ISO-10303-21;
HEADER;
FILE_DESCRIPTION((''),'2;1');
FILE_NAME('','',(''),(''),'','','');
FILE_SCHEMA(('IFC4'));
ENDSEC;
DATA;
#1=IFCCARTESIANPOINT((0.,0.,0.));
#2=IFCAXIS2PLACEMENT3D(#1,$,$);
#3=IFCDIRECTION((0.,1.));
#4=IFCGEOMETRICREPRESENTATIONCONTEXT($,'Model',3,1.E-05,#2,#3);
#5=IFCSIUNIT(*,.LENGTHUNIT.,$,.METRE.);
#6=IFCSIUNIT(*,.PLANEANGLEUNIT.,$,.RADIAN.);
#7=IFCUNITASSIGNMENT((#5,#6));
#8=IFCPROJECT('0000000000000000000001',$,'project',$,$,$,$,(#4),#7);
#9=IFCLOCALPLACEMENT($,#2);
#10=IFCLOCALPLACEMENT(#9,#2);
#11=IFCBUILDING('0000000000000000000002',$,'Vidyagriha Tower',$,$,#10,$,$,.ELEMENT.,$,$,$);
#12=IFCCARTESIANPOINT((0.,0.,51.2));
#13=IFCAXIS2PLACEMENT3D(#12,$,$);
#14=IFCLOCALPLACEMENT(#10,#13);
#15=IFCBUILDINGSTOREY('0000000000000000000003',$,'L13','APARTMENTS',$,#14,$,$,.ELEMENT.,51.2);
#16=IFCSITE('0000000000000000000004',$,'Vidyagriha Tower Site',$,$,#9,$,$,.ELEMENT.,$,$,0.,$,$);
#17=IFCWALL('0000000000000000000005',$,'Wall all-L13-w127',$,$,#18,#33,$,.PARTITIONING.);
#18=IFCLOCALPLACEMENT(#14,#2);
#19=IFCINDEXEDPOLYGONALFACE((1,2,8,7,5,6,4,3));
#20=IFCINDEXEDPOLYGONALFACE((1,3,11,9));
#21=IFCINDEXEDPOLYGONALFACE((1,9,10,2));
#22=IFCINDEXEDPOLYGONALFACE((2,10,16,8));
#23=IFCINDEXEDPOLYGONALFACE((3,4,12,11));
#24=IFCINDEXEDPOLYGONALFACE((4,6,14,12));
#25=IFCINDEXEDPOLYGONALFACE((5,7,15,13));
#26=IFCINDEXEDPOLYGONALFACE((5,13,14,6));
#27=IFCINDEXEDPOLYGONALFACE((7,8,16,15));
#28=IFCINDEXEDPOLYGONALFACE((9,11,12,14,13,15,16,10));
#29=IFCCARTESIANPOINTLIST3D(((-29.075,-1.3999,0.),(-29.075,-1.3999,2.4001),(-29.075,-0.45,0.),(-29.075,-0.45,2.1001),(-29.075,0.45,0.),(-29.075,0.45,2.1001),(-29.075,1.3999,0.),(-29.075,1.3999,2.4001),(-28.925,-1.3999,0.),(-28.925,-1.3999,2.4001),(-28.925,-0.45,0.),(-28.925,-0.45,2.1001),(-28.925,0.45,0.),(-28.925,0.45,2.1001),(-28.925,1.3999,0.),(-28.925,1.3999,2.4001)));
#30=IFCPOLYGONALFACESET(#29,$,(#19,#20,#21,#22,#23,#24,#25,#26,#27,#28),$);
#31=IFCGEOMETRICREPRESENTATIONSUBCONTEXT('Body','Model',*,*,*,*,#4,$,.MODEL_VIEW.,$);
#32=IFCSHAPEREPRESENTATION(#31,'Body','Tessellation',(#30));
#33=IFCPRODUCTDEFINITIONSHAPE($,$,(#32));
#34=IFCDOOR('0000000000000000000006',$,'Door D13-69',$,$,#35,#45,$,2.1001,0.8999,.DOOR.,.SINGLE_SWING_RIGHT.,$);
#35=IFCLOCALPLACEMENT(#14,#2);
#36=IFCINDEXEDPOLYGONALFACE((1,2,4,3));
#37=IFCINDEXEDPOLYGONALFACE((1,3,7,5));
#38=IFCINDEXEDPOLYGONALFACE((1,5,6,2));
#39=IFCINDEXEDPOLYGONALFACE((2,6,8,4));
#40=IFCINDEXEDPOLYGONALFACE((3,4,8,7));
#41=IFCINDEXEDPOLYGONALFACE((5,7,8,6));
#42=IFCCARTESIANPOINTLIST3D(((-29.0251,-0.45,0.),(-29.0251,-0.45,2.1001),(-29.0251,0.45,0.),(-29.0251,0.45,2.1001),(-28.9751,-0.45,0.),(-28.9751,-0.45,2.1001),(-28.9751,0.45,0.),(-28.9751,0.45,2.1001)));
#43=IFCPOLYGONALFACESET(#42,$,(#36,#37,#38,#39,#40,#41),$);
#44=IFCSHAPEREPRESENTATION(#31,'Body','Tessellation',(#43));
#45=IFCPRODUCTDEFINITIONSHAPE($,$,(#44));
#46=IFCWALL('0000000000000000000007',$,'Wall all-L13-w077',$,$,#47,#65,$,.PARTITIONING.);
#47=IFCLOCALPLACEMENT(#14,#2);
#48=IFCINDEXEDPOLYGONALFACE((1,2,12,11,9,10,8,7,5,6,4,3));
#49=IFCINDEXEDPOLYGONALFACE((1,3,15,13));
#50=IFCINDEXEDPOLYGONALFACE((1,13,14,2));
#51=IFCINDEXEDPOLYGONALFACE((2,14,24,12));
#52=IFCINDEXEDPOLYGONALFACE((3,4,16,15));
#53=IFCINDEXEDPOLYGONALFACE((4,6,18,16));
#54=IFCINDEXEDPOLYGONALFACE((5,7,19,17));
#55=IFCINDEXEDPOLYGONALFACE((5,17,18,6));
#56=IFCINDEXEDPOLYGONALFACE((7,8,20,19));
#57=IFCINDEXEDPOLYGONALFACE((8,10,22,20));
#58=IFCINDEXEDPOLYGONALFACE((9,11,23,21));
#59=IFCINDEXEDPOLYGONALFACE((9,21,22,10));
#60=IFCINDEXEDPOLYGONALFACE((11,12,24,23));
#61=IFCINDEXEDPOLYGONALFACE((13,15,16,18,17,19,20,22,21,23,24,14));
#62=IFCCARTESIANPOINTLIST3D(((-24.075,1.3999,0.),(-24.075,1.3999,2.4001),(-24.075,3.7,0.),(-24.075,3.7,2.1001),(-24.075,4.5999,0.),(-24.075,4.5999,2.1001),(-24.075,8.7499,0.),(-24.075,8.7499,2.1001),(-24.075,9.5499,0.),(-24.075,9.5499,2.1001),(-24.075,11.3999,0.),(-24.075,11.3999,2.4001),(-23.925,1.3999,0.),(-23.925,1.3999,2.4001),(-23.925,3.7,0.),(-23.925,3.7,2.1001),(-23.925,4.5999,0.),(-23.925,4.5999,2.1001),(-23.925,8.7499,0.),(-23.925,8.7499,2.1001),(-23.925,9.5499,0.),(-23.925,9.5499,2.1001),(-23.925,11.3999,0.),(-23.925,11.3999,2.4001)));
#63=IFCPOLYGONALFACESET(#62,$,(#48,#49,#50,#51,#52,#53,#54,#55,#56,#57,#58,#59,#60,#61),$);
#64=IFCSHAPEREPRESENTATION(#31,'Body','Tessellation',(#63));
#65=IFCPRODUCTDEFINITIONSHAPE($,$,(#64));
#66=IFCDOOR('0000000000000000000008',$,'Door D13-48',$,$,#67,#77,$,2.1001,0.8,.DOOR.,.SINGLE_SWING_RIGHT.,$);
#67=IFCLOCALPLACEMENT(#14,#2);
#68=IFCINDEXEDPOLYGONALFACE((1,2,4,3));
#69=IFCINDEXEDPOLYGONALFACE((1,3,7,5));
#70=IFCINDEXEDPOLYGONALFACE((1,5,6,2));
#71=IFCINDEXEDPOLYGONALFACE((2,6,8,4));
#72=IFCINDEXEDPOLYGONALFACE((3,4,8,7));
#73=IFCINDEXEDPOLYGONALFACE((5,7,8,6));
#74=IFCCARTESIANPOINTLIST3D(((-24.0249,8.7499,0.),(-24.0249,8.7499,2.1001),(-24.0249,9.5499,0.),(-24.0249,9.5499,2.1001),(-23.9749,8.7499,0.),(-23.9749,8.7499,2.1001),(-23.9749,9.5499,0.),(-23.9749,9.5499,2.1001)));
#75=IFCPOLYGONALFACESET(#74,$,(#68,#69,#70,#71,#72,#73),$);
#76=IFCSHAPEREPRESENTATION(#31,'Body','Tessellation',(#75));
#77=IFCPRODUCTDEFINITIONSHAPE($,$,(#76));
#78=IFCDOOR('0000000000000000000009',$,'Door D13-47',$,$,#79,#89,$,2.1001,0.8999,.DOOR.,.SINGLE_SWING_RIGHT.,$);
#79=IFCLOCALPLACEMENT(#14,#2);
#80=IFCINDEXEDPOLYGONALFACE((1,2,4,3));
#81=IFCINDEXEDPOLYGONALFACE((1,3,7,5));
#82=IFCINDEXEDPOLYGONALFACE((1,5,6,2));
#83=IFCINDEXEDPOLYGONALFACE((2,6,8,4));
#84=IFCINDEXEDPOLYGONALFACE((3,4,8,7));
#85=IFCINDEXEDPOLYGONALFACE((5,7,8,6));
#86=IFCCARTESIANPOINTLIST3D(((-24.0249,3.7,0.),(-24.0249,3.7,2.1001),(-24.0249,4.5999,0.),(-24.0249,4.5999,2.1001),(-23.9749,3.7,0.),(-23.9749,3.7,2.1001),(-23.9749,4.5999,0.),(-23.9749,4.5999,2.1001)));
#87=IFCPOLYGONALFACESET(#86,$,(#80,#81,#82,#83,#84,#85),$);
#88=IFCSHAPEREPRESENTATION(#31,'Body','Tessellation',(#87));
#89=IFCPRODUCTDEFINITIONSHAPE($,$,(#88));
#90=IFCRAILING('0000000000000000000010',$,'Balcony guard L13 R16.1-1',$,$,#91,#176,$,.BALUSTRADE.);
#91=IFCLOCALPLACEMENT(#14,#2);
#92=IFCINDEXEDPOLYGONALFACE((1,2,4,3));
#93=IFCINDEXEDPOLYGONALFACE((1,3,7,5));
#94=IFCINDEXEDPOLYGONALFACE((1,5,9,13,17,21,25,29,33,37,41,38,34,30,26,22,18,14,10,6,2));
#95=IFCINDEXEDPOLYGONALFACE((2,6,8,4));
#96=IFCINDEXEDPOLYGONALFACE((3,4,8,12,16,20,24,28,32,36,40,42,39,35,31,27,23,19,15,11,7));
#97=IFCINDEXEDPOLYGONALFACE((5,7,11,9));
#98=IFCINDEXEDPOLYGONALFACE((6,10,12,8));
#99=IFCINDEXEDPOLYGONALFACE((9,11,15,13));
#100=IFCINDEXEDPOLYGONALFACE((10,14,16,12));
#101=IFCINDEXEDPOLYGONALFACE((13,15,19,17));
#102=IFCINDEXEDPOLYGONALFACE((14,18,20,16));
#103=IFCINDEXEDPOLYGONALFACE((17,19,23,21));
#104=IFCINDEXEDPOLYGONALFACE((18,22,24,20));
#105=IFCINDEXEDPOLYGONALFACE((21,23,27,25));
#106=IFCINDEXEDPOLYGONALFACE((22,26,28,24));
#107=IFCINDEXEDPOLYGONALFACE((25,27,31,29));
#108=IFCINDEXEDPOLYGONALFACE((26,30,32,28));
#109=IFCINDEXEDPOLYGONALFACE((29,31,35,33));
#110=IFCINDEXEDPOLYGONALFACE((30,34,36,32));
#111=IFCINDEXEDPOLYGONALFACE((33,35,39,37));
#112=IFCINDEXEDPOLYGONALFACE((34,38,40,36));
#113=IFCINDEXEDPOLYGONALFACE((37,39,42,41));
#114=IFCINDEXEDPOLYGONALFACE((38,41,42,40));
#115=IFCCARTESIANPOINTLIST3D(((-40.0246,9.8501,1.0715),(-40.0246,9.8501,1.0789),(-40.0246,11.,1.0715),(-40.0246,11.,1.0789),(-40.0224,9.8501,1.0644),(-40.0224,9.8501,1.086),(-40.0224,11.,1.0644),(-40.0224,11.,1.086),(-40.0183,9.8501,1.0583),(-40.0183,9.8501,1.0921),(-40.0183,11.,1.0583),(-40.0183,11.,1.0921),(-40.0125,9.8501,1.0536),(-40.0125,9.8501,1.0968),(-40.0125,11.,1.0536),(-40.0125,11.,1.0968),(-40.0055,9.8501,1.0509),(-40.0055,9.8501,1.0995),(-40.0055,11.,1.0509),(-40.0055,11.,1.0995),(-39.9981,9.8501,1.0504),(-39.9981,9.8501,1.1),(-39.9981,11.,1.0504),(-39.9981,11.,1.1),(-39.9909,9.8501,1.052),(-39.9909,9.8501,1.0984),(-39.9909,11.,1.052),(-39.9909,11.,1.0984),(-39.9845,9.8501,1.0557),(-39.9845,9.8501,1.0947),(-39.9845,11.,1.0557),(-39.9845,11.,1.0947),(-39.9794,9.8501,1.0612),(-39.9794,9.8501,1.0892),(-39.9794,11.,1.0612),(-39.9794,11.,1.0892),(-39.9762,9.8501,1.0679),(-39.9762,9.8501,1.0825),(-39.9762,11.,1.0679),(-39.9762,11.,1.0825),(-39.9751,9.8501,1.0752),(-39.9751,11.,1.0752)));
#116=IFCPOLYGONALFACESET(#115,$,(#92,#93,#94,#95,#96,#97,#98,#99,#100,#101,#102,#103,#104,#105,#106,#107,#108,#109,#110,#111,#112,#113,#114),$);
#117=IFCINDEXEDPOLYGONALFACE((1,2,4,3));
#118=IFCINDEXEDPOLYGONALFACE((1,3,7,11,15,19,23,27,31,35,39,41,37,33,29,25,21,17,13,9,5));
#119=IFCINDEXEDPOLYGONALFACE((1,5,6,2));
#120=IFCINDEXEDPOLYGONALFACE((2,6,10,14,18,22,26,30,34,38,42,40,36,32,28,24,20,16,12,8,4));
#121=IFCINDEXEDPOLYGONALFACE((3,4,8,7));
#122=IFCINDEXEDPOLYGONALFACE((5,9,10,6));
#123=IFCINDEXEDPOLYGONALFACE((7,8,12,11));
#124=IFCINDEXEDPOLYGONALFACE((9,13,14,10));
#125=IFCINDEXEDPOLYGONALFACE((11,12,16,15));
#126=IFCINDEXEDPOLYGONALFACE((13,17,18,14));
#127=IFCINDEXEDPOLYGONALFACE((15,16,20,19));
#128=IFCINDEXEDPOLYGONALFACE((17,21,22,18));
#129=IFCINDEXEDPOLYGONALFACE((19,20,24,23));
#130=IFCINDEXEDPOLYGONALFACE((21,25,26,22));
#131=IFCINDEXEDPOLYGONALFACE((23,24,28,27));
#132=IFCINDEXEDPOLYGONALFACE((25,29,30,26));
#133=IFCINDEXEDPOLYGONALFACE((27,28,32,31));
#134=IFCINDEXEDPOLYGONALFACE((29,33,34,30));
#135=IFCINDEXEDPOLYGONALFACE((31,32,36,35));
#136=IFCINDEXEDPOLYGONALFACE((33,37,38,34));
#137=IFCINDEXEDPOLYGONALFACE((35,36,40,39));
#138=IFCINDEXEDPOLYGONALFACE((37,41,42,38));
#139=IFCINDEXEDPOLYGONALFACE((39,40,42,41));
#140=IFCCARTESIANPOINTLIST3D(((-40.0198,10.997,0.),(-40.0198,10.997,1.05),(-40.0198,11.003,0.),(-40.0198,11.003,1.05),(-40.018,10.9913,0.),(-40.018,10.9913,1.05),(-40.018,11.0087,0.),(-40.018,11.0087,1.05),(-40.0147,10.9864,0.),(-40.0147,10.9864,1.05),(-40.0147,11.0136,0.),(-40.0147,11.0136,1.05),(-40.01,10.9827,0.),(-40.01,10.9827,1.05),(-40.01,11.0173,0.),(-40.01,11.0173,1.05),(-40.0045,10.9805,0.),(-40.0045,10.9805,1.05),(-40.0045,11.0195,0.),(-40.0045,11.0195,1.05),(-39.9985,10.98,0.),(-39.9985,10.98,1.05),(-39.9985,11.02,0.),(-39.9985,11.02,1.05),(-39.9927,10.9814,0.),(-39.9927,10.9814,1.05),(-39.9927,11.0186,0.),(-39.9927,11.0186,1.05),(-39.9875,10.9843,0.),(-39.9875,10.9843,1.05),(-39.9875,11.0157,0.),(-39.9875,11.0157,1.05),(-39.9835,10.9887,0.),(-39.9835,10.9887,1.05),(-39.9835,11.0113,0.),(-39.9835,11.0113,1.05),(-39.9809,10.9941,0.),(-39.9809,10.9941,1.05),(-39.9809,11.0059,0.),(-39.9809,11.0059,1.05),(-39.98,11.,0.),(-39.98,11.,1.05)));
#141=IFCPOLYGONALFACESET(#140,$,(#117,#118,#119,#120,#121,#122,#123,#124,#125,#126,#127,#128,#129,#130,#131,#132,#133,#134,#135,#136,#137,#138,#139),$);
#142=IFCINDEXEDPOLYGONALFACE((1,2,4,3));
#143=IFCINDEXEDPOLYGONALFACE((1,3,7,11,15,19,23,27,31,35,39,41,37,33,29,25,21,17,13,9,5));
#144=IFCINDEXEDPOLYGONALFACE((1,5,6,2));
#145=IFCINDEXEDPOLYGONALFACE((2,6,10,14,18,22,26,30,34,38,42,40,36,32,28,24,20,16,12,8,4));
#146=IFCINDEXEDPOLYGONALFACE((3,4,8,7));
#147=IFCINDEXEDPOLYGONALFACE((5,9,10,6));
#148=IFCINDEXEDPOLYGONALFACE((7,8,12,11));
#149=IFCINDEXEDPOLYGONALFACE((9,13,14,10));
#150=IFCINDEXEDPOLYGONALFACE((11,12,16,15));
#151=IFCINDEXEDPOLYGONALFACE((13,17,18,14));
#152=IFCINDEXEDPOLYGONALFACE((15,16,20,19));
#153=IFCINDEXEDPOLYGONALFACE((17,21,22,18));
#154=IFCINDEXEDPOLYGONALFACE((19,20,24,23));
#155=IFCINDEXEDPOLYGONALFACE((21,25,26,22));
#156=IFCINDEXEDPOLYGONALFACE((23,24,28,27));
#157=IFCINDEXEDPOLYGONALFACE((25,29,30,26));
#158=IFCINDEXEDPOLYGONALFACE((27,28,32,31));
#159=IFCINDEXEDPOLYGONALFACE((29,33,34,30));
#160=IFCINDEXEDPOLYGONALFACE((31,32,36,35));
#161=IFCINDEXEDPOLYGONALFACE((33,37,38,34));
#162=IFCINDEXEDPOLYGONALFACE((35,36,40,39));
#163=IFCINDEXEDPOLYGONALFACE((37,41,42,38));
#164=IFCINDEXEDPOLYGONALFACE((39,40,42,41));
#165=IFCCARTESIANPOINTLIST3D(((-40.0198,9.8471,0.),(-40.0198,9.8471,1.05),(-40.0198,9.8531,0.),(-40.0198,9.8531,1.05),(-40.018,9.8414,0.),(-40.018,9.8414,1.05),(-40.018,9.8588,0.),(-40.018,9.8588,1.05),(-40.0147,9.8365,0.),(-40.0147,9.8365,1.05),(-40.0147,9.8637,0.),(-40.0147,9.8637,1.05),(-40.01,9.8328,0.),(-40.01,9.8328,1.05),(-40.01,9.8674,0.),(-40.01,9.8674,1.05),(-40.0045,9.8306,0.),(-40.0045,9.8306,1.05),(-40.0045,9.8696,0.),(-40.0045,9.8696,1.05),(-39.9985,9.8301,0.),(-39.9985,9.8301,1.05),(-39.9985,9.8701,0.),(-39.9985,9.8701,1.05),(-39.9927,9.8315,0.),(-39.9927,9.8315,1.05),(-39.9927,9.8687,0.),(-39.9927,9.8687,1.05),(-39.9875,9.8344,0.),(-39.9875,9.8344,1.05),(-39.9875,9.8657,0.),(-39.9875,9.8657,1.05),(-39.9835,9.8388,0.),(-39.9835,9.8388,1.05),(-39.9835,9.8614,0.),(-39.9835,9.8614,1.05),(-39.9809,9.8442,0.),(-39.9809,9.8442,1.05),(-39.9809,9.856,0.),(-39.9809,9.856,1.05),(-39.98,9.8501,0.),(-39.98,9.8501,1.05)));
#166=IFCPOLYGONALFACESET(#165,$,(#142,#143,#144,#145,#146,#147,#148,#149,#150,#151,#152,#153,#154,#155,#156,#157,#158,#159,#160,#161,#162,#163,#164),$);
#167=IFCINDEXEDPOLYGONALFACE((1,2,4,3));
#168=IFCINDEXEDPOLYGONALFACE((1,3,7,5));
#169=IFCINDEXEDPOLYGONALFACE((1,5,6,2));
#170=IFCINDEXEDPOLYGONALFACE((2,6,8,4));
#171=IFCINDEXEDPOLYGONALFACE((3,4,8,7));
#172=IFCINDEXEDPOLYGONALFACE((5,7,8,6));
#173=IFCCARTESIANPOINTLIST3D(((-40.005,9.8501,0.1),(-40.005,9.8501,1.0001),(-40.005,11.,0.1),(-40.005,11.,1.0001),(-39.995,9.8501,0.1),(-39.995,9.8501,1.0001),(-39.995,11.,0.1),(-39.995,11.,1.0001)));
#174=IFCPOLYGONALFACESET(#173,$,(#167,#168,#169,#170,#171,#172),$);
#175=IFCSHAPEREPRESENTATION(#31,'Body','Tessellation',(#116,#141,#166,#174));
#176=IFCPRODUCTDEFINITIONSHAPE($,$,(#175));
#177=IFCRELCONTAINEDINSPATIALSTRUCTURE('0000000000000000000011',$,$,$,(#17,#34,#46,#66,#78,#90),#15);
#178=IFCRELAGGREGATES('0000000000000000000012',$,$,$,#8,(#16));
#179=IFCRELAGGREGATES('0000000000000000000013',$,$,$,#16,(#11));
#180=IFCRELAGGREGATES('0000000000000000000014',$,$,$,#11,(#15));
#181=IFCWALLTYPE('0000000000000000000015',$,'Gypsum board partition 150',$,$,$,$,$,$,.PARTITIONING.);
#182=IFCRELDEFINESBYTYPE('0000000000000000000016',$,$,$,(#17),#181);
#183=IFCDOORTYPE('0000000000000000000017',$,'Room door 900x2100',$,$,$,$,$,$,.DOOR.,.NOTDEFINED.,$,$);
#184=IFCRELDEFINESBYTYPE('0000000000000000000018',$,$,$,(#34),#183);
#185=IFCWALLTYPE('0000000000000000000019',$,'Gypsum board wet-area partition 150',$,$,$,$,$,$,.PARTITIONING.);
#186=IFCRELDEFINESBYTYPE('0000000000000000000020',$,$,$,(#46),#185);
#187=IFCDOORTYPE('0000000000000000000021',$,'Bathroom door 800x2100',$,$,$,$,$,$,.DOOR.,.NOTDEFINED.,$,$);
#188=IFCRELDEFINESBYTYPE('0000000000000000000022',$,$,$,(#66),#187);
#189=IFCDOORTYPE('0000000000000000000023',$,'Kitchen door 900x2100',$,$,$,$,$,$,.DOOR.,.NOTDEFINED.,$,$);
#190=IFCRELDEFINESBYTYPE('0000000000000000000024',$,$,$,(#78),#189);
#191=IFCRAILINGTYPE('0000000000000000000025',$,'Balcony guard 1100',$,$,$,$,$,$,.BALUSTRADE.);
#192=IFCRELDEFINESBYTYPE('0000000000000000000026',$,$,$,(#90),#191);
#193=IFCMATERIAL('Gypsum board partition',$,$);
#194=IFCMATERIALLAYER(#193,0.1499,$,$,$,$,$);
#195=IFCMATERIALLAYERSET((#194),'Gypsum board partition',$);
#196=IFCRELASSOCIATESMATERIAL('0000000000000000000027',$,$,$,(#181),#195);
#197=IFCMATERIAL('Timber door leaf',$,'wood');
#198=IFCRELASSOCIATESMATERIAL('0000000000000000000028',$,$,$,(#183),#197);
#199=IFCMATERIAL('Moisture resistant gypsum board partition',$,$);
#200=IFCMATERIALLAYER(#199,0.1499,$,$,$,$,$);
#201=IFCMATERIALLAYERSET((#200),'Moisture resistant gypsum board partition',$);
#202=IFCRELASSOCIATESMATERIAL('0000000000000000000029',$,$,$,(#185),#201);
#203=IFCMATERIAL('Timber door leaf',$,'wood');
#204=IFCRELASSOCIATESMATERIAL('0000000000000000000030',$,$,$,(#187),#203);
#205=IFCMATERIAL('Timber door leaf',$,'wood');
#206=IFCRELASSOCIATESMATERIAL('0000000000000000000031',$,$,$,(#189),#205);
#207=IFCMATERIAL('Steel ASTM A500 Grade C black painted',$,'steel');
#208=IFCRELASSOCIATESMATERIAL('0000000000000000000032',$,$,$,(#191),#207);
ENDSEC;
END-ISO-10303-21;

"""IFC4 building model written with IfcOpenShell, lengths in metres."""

from ifc_helpers import new_model, si_unit, direction, frame, frame_2d, origin, origin_2d, place, context, subcontext, project, spatial, rectangle, circle, extrude, material, layer, layer_set, type_object, element, fill, save


model = new_model("IFC4")

# Units and contexts
model_context = context("Model", 3, precision=1e-05, world=origin(), true_north=direction((0.0, 1.0)))
body_context = subcontext(model_context, "Body", "Model", "MODEL_VIEW")
ifc_project = project(units=[si_unit("LENGTHUNIT", "METRE"), si_unit("PLANEANGLEUNIT", "RADIAN")], contexts=[model_context])

# Site, building, storey
site_placement = place(None, origin())
site = spatial("IfcSite", under=ifc_project, at=site_placement, Name="Vidyagriha Tower Site", CompositionType="ELEMENT", RefElevation=0.0)
building_placement = place(site_placement, origin())
building = spatial("IfcBuilding", under=site, at=building_placement, Name="Vidyagriha Tower", CompositionType="ELEMENT")
storey_placement = place(building_placement, frame((0.0, 0.0, 51.2)))
storey = spatial("IfcBuildingStorey", under=building, at=storey_placement, Name="L13", Description="APARTMENTS", CompositionType="ELEMENT", Elevation=51.2)

# Shared definitions
ifc_material_1 = material(Name="Gypsum board partition")
ifc_layer_1 = layer(ifc_material_1, 0.1499)
ifc_layer_set_1 = layer_set([ifc_layer_1], Name="Gypsum board partition")
wall_type_1 = type_object("IfcWallType", Name="Gypsum board partition 150", PredefinedType="PARTITIONING", material=ifc_layer_set_1)

# Wall, opening, door
wall_1_placement = place(storey_placement, frame((-29.0, 1.3999, 0.0), z_axis=(0.0, 0.0, 1.0), x_axis=(0.0, -1.0, 0.0)))
wall_1 = element("IfcWall", 1, at=wall_1_placement, inside=storey, type_object=wall_type_1, Name="Wall all-L13-w127", PredefinedType="PARTITIONING", context=body_context, shape_type="SweptSolid", body=[
    extrude(rectangle(XDim=2.7998, YDim=0.1499, at=frame_2d((1.3999, 0.0))), origin(), (0.0, 0.0, 1.0), 2.4001),
])
opening_1_placement = place(wall_1_placement, frame((0.95, 0.0, 0.0)))
opening_1 = element("IfcOpeningElement", 2, at=opening_1_placement, cuts=wall_1, PredefinedType="OPENING", context=body_context, shape_type="SweptSolid", body=[
    extrude(rectangle(XDim=0.8999, YDim=2.1001, at=frame_2d((0.45, 1.05))), frame((0.0, 0.085, 0.0), z_axis=(0.0, -1.0, 0.0), x_axis=(1.0, 0.0, 0.0)), (0.0, 0.0, 1.0), 0.1699),
])
ifc_material_2 = material(Name="Timber door leaf", Category="wood")
door_type_1 = type_object("IfcDoorType", Name="Room door 900x2100", OperationType="NOTDEFINED", PredefinedType="DOOR", material=ifc_material_2)
door_1_placement = place(opening_1_placement, origin())
door_1 = element("IfcDoor", 3, at=door_1_placement, inside=storey, type_object=door_type_1, Name="Door D13-69", OperationType="SINGLE_SWING_RIGHT", OverallHeight=2.1001, OverallWidth=0.8999, PredefinedType="DOOR", context=body_context, shape_type="SweptSolid", body=[
    extrude(rectangle(XDim=0.8999, YDim=2.1001, at=frame_2d((0.45, 1.05))), frame((0.0, 0.0249, 0.0), z_axis=(0.0, -1.0, 0.0), x_axis=(1.0, 0.0, 0.0)), (0.0, 0.0, 1.0), 0.05),
])
fill(opening_1, door_1)

# Wall, openings, doors
ifc_material_3 = material(Name="Moisture resistant gypsum board partition")
ifc_layer_2 = layer(ifc_material_3, 0.1499)
ifc_layer_set_2 = layer_set([ifc_layer_2], Name="Moisture resistant gypsum board partition")
wall_type_2 = type_object("IfcWallType", Name="Gypsum board wet-area partition 150", PredefinedType="PARTITIONING", material=ifc_layer_set_2)
wall_2_placement = place(storey_placement, frame((-24.0, 1.3999, 0.0), z_axis=(0.0, 0.0, 1.0), x_axis=(0.0, 1.0, 0.0)))
wall_2 = element("IfcWall", 4, at=wall_2_placement, inside=storey, type_object=wall_type_2, Name="Wall all-L13-w077", PredefinedType="PARTITIONING", context=body_context, shape_type="SweptSolid", body=[
    extrude(rectangle(XDim=10.0, YDim=0.1499, at=frame_2d((5.0, 0.0))), origin(), (0.0, 0.0, 1.0), 2.4001),
])
opening_2_placement = place(wall_2_placement, frame((2.3, 0.0, 0.0)))
opening_2 = element("IfcOpeningElement", 5, at=opening_2_placement, cuts=wall_2, PredefinedType="OPENING", context=body_context, shape_type="SweptSolid", body=[
    extrude(rectangle(XDim=0.8999, YDim=2.1001, at=frame_2d((0.45, 1.05))), frame((0.0, 0.085, 0.0), z_axis=(0.0, -1.0, 0.0), x_axis=(1.0, 0.0, 0.0)), (0.0, 0.0, 1.0), 0.1699),
])
opening_3_placement = place(wall_2_placement, frame((7.3501, 0.0, 0.0)))
opening_3 = element("IfcOpeningElement", 6, at=opening_3_placement, cuts=wall_2, PredefinedType="OPENING", context=body_context, shape_type="SweptSolid", body=[
    extrude(rectangle(XDim=0.8, YDim=2.1001, at=frame_2d((0.3999, 1.05))), frame((0.0, 0.085, 0.0), z_axis=(0.0, -1.0, 0.0), x_axis=(1.0, 0.0, 0.0)), (0.0, 0.0, 1.0), 0.1699),
])
ifc_material_4 = material(Name="Timber door leaf", Category="wood")
door_type_2 = type_object("IfcDoorType", Name="Bathroom door 800x2100", OperationType="NOTDEFINED", PredefinedType="DOOR", material=ifc_material_4)
door_2_placement = place(opening_3_placement, origin())
door_2 = element("IfcDoor", 7, at=door_2_placement, inside=storey, type_object=door_type_2, Name="Door D13-48", OperationType="SINGLE_SWING_RIGHT", OverallHeight=2.1001, OverallWidth=0.8, PredefinedType="DOOR", context=body_context, shape_type="SweptSolid", body=[
    extrude(rectangle(XDim=0.8, YDim=2.1001, at=frame_2d((0.3999, 1.05))), frame((0.0, 0.0249, 0.0), z_axis=(0.0, -1.0, 0.0), x_axis=(1.0, 0.0, 0.0)), (0.0, 0.0, 1.0), 0.05),
])
fill(opening_3, door_2)
ifc_material_5 = material(Name="Timber door leaf", Category="wood")
door_type_3 = type_object("IfcDoorType", Name="Kitchen door 900x2100", OperationType="NOTDEFINED", PredefinedType="DOOR", material=ifc_material_5)
door_3_placement = place(opening_2_placement, origin())
door_3 = element("IfcDoor", 8, at=door_3_placement, inside=storey, type_object=door_type_3, Name="Door D13-47", OperationType="SINGLE_SWING_RIGHT", OverallHeight=2.1001, OverallWidth=0.8999, PredefinedType="DOOR", context=body_context, shape_type="SweptSolid", body=[
    extrude(rectangle(XDim=0.8999, YDim=2.1001, at=frame_2d((0.45, 1.05))), frame((0.0, 0.0249, 0.0), z_axis=(0.0, -1.0, 0.0), x_axis=(1.0, 0.0, 0.0)), (0.0, 0.0, 1.0), 0.05),
])
fill(opening_2, door_3)

# Railing
ifc_material_6 = material(Name="Steel ASTM A500 Grade C black painted", Category="steel")
railing_type_1 = type_object("IfcRailingType", Name="Balcony guard 1100", PredefinedType="BALUSTRADE", material=ifc_material_6)
railing_1_placement = place(storey_placement, frame((-40.0, 11.0, 0.0)))
element("IfcRailing", 9, at=railing_1_placement, inside=storey, type_object=railing_type_1, Name="Balcony guard L13 R16.1-1", PredefinedType="BALUSTRADE", context=body_context, shape_type="SweptSolid", body=[
    extrude(circle(Radius=0.0249, at=origin_2d()), frame((0.0, 0.0, 1.0752), z_axis=(0.0, -1.0, 0.0), x_axis=(1.0, 0.0, 0.0)), (0.0, 0.0, 1.0), 1.1499),
    extrude(circle(Radius=0.02, at=origin_2d()), origin(), (0.0, 0.0, 1.0), 1.05),
    extrude(circle(Radius=0.02, at=origin_2d()), frame((0.0, -1.1499, 0.0)), (0.0, 0.0, 1.0), 1.05),
    extrude(rectangle(XDim=0.01, YDim=0.9001, at=origin_2d()), frame((0.0, 0.0, 0.55), z_axis=(0.0, -1.0, 0.0), x_axis=(1.0, 0.0, 0.0)), (0.0, 0.0, 1.0), 1.1499),
])

save(model, "model.ifc")
